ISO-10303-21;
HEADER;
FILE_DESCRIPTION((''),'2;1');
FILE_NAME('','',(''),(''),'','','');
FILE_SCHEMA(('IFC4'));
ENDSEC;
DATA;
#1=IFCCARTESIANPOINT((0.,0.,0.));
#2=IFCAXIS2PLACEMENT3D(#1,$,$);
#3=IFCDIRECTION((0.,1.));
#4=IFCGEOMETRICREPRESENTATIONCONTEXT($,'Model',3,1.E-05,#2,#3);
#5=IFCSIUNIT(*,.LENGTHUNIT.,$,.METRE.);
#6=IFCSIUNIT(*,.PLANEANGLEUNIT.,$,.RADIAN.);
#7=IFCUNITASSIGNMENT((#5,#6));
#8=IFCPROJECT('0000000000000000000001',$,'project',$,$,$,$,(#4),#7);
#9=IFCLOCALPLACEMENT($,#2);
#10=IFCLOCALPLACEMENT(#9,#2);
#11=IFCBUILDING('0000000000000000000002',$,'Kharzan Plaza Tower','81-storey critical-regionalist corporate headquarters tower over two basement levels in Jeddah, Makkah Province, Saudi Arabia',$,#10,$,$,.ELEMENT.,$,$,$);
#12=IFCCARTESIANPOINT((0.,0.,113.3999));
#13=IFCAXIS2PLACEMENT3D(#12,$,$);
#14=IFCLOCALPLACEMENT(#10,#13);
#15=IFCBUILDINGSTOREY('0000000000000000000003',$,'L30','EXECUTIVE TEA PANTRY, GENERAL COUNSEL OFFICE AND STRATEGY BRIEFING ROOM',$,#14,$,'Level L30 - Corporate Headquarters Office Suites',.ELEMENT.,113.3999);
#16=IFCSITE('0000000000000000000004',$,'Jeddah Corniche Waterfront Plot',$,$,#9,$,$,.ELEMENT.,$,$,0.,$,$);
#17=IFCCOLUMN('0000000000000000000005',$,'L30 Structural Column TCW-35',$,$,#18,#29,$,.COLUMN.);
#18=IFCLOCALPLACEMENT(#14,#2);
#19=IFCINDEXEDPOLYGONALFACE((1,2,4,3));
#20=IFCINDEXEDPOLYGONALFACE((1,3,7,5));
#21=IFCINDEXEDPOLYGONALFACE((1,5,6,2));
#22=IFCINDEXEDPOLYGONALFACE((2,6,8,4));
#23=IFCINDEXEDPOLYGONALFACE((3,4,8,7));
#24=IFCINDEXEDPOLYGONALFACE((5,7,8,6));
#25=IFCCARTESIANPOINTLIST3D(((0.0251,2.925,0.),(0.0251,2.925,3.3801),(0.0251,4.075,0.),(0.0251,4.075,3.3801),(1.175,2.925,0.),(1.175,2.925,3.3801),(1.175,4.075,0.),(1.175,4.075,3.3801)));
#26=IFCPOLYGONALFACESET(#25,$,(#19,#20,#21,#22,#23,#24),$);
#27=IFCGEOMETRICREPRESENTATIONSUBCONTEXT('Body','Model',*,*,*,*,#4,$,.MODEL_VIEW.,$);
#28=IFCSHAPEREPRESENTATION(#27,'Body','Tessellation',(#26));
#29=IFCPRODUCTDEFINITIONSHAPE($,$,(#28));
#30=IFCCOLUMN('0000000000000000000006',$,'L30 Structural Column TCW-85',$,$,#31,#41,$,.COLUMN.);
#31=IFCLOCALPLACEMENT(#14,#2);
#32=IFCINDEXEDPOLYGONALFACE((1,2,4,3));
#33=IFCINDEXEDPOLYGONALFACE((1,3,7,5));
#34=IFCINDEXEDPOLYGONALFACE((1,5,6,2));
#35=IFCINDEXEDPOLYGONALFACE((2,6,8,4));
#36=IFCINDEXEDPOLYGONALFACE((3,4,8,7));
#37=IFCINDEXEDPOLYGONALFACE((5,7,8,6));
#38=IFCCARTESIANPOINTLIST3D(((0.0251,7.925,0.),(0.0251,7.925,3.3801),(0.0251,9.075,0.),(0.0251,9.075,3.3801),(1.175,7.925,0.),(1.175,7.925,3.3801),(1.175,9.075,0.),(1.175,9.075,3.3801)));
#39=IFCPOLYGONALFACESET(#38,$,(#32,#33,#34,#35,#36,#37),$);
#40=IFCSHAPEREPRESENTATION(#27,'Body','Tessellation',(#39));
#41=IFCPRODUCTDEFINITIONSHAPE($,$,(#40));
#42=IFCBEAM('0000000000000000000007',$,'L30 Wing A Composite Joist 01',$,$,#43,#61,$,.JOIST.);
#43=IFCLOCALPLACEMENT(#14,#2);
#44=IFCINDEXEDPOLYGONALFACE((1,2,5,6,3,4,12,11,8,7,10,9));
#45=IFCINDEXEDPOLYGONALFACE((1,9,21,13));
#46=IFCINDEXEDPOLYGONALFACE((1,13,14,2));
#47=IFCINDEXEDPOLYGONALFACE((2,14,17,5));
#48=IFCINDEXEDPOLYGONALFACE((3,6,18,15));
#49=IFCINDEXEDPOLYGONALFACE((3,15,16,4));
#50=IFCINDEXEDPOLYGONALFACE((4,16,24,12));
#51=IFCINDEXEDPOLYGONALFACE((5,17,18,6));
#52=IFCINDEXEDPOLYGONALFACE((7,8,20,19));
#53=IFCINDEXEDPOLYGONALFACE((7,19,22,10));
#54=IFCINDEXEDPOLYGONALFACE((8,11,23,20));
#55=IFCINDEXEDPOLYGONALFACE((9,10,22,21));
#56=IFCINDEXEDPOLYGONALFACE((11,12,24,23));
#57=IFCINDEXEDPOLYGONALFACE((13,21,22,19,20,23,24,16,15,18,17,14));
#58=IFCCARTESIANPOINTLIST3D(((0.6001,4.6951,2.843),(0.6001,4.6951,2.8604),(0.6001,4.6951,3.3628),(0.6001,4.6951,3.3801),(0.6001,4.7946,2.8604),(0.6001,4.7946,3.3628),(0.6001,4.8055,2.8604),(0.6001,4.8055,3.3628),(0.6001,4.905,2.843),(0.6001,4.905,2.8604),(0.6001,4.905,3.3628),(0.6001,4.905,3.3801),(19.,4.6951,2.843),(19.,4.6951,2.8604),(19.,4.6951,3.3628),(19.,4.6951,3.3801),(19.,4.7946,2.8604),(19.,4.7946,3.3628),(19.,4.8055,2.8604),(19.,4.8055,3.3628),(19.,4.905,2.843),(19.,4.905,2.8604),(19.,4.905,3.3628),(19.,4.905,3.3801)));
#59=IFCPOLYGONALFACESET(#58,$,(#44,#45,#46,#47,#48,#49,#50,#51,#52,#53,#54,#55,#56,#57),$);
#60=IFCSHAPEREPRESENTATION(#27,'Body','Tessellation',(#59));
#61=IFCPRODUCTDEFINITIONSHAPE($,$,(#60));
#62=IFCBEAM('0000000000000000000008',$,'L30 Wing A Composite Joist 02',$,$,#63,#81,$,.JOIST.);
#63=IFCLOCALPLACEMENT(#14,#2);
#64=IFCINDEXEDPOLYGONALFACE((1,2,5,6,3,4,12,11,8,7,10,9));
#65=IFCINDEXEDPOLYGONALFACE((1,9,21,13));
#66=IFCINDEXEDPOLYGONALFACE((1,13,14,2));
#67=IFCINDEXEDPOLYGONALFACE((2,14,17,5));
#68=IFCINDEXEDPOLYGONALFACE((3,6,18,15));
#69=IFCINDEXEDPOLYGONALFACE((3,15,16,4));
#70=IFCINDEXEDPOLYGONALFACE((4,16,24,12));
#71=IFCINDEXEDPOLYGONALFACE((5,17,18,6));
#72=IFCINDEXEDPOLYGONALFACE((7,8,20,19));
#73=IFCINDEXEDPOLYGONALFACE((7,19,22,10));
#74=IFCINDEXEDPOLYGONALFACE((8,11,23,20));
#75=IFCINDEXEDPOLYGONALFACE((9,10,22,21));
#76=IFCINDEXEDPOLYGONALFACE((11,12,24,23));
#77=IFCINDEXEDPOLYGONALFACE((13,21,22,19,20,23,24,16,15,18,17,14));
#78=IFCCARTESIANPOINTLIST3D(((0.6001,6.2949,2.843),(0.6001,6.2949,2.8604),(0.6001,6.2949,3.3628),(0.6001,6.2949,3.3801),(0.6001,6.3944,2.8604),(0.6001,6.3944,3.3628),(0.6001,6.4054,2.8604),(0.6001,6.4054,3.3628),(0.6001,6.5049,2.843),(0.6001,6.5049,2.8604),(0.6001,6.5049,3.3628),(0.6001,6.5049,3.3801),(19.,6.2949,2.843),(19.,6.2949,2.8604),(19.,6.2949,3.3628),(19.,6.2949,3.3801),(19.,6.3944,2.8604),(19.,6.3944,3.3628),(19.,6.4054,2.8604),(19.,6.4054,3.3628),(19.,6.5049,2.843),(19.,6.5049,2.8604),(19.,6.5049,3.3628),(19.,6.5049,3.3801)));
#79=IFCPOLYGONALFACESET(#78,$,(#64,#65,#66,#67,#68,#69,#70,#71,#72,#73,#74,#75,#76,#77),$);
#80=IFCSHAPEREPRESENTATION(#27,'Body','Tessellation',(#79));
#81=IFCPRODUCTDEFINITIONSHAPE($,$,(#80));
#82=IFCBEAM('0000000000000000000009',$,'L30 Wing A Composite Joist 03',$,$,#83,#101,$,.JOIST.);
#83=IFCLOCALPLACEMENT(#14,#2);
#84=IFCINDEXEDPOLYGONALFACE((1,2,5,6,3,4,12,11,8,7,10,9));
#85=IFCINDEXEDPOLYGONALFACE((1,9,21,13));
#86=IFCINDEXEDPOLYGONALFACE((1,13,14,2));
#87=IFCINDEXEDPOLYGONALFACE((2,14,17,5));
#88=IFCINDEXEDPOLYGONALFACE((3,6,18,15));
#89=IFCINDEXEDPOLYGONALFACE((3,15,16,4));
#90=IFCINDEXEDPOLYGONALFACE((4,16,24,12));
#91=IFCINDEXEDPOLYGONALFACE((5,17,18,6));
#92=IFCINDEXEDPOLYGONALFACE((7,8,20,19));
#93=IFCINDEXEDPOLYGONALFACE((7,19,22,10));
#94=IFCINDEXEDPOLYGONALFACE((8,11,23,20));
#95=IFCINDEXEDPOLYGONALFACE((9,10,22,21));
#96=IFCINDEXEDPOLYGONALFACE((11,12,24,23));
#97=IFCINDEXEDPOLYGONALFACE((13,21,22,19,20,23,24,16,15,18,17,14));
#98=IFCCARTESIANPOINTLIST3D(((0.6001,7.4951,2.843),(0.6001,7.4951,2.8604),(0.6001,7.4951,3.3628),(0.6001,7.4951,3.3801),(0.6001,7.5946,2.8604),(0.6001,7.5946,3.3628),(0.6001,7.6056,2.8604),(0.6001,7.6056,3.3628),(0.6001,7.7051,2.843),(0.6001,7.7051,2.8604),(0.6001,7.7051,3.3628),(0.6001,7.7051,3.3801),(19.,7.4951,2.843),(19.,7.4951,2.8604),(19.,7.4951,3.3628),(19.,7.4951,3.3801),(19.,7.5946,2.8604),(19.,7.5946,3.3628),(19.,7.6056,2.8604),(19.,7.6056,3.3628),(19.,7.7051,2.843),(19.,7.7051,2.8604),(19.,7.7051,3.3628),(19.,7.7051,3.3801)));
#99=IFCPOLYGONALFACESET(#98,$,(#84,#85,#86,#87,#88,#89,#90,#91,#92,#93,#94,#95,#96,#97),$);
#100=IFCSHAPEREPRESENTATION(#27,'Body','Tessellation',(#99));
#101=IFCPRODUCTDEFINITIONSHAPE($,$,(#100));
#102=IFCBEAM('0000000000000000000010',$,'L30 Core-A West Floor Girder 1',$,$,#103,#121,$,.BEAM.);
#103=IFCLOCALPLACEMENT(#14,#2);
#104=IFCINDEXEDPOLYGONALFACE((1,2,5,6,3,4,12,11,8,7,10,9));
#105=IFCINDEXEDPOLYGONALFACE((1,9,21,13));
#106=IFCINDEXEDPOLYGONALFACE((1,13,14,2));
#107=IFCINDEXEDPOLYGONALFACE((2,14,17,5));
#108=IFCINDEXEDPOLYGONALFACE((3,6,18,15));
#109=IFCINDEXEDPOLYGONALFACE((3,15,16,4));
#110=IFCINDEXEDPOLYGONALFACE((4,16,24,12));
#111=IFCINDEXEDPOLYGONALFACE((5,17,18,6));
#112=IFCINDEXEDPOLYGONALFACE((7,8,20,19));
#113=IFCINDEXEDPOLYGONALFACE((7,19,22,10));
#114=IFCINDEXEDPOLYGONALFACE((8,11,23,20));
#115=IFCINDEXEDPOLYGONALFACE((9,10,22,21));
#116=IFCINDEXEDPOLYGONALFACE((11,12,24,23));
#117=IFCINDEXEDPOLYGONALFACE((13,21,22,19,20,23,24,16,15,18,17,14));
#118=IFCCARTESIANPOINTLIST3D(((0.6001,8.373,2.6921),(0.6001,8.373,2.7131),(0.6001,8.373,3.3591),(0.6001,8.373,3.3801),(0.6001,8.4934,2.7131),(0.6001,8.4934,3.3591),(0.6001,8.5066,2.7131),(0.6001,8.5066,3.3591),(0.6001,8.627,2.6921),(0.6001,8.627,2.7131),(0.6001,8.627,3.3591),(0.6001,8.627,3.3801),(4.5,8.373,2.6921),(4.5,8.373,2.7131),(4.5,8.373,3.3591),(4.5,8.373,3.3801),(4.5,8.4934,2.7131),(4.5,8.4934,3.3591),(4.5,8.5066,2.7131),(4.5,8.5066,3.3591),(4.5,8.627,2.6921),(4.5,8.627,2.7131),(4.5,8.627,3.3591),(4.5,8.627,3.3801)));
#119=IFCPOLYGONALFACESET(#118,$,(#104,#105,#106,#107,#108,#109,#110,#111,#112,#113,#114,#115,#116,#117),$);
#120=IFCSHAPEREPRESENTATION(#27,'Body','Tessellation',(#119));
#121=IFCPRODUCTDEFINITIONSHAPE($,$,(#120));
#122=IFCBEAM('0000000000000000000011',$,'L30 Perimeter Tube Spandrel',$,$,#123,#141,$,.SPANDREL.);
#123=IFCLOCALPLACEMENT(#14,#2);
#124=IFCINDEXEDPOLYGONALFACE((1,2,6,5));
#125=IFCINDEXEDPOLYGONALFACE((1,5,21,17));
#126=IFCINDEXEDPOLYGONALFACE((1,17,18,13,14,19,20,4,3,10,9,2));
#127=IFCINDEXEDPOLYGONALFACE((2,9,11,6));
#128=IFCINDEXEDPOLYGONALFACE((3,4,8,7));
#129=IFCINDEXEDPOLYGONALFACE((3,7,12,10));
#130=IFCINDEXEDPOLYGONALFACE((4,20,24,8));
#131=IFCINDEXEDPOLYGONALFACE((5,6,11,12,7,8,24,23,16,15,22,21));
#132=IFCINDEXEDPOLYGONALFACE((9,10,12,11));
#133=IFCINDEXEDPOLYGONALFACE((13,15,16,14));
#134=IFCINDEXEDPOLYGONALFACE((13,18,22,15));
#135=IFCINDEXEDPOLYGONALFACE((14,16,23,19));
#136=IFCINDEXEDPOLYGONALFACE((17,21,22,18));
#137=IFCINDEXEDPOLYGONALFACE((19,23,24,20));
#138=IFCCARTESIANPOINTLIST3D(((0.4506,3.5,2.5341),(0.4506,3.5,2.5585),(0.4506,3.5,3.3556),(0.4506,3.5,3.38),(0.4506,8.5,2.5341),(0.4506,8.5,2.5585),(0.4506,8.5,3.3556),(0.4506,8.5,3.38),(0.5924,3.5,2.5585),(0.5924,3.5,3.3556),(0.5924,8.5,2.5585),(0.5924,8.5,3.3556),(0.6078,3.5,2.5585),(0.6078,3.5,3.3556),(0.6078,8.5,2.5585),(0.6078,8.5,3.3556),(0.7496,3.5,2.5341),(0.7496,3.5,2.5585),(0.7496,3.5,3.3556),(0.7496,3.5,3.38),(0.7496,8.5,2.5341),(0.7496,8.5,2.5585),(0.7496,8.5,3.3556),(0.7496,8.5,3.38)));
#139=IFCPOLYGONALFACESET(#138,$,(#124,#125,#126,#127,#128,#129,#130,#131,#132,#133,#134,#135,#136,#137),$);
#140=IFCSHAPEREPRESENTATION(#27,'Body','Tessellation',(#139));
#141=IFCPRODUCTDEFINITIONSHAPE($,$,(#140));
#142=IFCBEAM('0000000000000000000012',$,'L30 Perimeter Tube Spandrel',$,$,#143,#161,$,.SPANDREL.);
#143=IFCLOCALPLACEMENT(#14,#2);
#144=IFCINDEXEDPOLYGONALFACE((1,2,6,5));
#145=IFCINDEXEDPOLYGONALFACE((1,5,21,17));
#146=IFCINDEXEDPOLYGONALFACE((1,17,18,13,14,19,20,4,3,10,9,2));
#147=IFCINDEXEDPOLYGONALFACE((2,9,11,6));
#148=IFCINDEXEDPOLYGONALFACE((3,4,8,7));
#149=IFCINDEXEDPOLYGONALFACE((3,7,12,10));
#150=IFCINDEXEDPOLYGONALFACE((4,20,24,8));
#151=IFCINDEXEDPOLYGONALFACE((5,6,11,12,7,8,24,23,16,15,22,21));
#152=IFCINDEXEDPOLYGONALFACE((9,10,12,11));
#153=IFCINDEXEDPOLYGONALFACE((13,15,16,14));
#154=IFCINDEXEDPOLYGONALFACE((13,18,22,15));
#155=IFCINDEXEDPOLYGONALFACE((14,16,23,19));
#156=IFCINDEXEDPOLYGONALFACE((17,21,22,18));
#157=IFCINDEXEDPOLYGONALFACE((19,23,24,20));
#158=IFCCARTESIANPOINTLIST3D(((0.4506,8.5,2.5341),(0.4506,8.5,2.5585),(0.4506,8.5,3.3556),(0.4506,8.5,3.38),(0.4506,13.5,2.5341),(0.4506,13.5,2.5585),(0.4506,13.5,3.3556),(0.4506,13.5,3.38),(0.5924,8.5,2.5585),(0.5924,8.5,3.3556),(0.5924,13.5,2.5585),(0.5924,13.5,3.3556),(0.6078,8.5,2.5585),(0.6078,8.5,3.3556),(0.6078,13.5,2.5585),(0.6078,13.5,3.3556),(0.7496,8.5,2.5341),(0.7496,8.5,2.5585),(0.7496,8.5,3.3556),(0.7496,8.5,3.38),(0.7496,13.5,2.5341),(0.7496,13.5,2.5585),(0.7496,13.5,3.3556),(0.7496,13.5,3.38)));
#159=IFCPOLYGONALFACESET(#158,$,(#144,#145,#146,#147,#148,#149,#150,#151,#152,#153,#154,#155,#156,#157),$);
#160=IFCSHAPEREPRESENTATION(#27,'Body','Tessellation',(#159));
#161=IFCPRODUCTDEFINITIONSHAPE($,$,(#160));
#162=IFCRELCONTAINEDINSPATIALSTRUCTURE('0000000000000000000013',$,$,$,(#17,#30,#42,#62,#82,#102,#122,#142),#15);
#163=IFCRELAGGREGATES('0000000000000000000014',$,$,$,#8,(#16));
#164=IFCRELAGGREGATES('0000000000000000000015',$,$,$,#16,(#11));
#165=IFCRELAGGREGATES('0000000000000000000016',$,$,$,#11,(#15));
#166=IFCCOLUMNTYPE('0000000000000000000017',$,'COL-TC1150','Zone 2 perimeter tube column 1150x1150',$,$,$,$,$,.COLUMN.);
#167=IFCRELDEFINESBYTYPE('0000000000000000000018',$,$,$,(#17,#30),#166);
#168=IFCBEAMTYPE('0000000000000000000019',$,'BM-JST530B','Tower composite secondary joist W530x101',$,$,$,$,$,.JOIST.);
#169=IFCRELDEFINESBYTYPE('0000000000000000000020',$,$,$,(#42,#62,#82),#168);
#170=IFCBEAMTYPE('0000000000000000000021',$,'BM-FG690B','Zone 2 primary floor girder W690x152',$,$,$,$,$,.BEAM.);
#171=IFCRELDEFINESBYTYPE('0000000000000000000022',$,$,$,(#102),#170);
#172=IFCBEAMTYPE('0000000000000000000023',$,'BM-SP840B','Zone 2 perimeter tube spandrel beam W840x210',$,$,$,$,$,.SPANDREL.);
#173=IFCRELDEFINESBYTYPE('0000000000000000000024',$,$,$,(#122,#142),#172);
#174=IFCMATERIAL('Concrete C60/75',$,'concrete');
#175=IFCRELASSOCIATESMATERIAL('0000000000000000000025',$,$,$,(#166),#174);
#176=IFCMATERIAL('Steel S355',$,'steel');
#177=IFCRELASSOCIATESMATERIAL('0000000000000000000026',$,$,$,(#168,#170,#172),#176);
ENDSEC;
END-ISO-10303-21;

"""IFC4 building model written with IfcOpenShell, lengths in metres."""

from ifc_helpers import new_model, si_unit, direction, frame, origin, origin_2d, place, context, subcontext, project, spatial, rectangle, i_section, extrude, source, transform, mapped, material, material_profile, profile_set, type_object, element, save


model = new_model("IFC4")

# Units and contexts
model_context = context("Model", 3, precision=1e-05, world=origin(), true_north=direction((0.0, 1.0)))
body_context = subcontext(model_context, "Body", "Model", "MODEL_VIEW")
ifc_project = project(units=[si_unit("LENGTHUNIT", "METRE"), si_unit("PLANEANGLEUNIT", "RADIAN")], contexts=[model_context])

# Site, building, storey
site_placement = place(None, origin())
site = spatial("IfcSite", under=ifc_project, at=site_placement, Name="Jeddah Corniche Waterfront Plot", CompositionType="ELEMENT", RefElevation=0.0)
building_placement = place(site_placement, origin())
building = spatial("IfcBuilding", under=site, at=building_placement, Name="Kharzan Plaza Tower", Description="81-storey critical-regionalist corporate headquarters tower over two basement levels in Jeddah, Makkah Province, Saudi Arabia", CompositionType="ELEMENT")
storey_placement = place(building_placement, frame((0.0, 0.0, 113.3999)))
storey = spatial("IfcBuildingStorey", under=building, at=storey_placement, Name="L30", Description="EXECUTIVE TEA PANTRY, GENERAL COUNSEL OFFICE AND STRATEGY BRIEFING ROOM", LongName="Level L30 - Corporate Headquarters Office Suites", CompositionType="ELEMENT", Elevation=113.3999)

# Columns
ifc_material_1 = material(Name="Concrete C60/75", Category="concrete")
ifc_material_profile_1 = material_profile(ifc_material_1, rectangle(XDim=1.1499, YDim=1.1499, at=origin_2d()), Name="RC-TC1150x1150")
ifc_profile_set_1 = profile_set([ifc_material_profile_1], Name="Concrete C60/75")
column_type = type_object("IfcColumnType", Name="COL-TC1150", Description="Zone 2 perimeter tube column 1150x1150", PredefinedType="COLUMN", material=ifc_profile_set_1)
shared_shape_1 = source(origin(), body_context, "Body", "SweptSolid", [
    extrude(rectangle(XDim=1.1499, YDim=1.1499, at=origin_2d()), origin(), (0.0, 0.0, 1.0), 3.3801),
])
for number, where, z_axis, x_axis, name in (
    (1, (0.6001, 3.5, 0.0), (0.0, 0.0, 1.0), (1.0, 0.0, 0.0), "L30 Structural Column TCW-35"),
    (2, (0.6001, 8.5, 0.0), (0.0, 0.0, 1.0), (1.0, 0.0, 0.0), "L30 Structural Column TCW-85"),
):
    element("IfcColumn", number, at=place(storey_placement, frame(where, z_axis=z_axis, x_axis=x_axis)), inside=storey, type_object=column_type, Name=name, PredefinedType="COLUMN", context=body_context, shape_type="MappedRepresentation", body=[
        mapped(shared_shape_1, transform((0.0, 0.0, 0.0), x_axis=(1.0, 0.0, 0.0), y_axis=(0.0, 1.0, 0.0), z_axis=(0.0, 0.0, 1.0))),
    ])

# Beams
ifc_material_2 = material(Name="Steel S355", Category="steel")
ifc_material_profile_2 = material_profile(ifc_material_2, i_section(OverallWidth=0.21, OverallDepth=0.5371, WebThickness=0.011, FlangeThickness=0.0173, at=origin_2d()), Name="W530x101")
ifc_profile_set_2 = profile_set([ifc_material_profile_2], Name="Steel S355")
beam_type_1 = type_object("IfcBeamType", Name="BM-JST530B", Description="Tower composite secondary joist W530x101", PredefinedType="JOIST", material=ifc_profile_set_2)
shared_shape_2 = source(origin(), body_context, "Body", "SweptSolid", [
    extrude(i_section(OverallWidth=0.21, OverallDepth=0.5371, WebThickness=0.011, FlangeThickness=0.0173, at=origin_2d()), origin(), (0.0, 0.0, 1.0), 18.3999),
])
for number, where, z_axis, x_axis, name in (
    (3, (0.6001, 4.8, 3.1116), (1.0, 0.0, 0.0), (0.0, 1.0, 0.0), "L30 Wing A Composite Joist 01"),
    (4, (0.6001, 6.3999, 3.1116), (1.0, 0.0, 0.0), (0.0, 1.0, 0.0), "L30 Wing A Composite Joist 02"),
    (5, (0.6001, 7.6001, 3.1116), (1.0, 0.0, 0.0), (0.0, 1.0, 0.0), "L30 Wing A Composite Joist 03"),
):
    element("IfcBeam", number, at=place(storey_placement, frame(where, z_axis=z_axis, x_axis=x_axis)), inside=storey, type_object=beam_type_1, Name=name, PredefinedType="JOIST", context=body_context, shape_type="MappedRepresentation", body=[
        mapped(shared_shape_2, transform((0.0, 0.0, 0.0), x_axis=(1.0, 0.0, 0.0), y_axis=(0.0, 1.0, 0.0), z_axis=(0.0, 0.0, 1.0))),
    ])
ifc_material_profile_3 = material_profile(ifc_material_2, i_section(OverallWidth=0.2539, OverallDepth=0.688, WebThickness=0.0132, FlangeThickness=0.021, at=origin_2d()), Name="W690x152")
ifc_profile_set_3 = profile_set([ifc_material_profile_3], Name="Steel S355")
beam_type_2 = type_object("IfcBeamType", Name="BM-FG690B", Description="Zone 2 primary floor girder W690x152", PredefinedType="BEAM", material=ifc_profile_set_3)
shared_shape_3 = source(origin(), body_context, "Body", "SweptSolid", [
    extrude(i_section(OverallWidth=0.2539, OverallDepth=0.688, WebThickness=0.0132, FlangeThickness=0.021, at=origin_2d()), origin(), (0.0, 0.0, 1.0), 3.8999),
])
beam_placement = place(storey_placement, frame((0.6001, 8.5, 3.0361), z_axis=(1.0, 0.0, 0.0), x_axis=(0.0, 1.0, 0.0)))
element("IfcBeam", 6, at=beam_placement, inside=storey, type_object=beam_type_2, Name="L30 Core-A West Floor Girder 1", PredefinedType="BEAM", context=body_context, shape_type="MappedRepresentation", body=[
    mapped(shared_shape_3, transform((0.0, 0.0, 0.0), x_axis=(1.0, 0.0, 0.0), y_axis=(0.0, 1.0, 0.0), z_axis=(0.0, 0.0, 1.0))),
])
ifc_material_profile_4 = material_profile(ifc_material_2, i_section(OverallWidth=0.2991, OverallDepth=0.8459, WebThickness=0.0154, FlangeThickness=0.0244, at=origin_2d()), Name="W840x210")
ifc_profile_set_4 = profile_set([ifc_material_profile_4], Name="Steel S355")
beam_type_3 = type_object("IfcBeamType", Name="BM-SP840B", Description="Zone 2 perimeter tube spandrel beam W840x210", PredefinedType="SPANDREL", material=ifc_profile_set_4)
shared_shape_4 = source(origin(), body_context, "Body", "SweptSolid", [
    extrude(i_section(OverallWidth=0.2991, OverallDepth=0.8459, WebThickness=0.0154, FlangeThickness=0.0244, at=origin_2d()), origin(), (0.0, 0.0, 1.0), 5.0),
])
for number, where, z_axis, x_axis, name in (
    (7, (0.6001, 3.5, 2.957), (0.0, 1.0, 0.0), (-1.0, 0.0, 0.0), "L30 Perimeter Tube Spandrel"),
    (8, (0.6001, 8.5, 2.957), (0.0, 1.0, 0.0), (-1.0, 0.0, 0.0), "L30 Perimeter Tube Spandrel"),
):
    element("IfcBeam", number, at=place(storey_placement, frame(where, z_axis=z_axis, x_axis=x_axis)), inside=storey, type_object=beam_type_3, Name=name, PredefinedType="SPANDREL", context=body_context, shape_type="MappedRepresentation", body=[
        mapped(shared_shape_4, transform((0.0, 0.0, 0.0), x_axis=(1.0, 0.0, 0.0), y_axis=(0.0, 1.0, 0.0), z_axis=(0.0, 0.0, 1.0))),
    ])

save(model, "model.ifc")
